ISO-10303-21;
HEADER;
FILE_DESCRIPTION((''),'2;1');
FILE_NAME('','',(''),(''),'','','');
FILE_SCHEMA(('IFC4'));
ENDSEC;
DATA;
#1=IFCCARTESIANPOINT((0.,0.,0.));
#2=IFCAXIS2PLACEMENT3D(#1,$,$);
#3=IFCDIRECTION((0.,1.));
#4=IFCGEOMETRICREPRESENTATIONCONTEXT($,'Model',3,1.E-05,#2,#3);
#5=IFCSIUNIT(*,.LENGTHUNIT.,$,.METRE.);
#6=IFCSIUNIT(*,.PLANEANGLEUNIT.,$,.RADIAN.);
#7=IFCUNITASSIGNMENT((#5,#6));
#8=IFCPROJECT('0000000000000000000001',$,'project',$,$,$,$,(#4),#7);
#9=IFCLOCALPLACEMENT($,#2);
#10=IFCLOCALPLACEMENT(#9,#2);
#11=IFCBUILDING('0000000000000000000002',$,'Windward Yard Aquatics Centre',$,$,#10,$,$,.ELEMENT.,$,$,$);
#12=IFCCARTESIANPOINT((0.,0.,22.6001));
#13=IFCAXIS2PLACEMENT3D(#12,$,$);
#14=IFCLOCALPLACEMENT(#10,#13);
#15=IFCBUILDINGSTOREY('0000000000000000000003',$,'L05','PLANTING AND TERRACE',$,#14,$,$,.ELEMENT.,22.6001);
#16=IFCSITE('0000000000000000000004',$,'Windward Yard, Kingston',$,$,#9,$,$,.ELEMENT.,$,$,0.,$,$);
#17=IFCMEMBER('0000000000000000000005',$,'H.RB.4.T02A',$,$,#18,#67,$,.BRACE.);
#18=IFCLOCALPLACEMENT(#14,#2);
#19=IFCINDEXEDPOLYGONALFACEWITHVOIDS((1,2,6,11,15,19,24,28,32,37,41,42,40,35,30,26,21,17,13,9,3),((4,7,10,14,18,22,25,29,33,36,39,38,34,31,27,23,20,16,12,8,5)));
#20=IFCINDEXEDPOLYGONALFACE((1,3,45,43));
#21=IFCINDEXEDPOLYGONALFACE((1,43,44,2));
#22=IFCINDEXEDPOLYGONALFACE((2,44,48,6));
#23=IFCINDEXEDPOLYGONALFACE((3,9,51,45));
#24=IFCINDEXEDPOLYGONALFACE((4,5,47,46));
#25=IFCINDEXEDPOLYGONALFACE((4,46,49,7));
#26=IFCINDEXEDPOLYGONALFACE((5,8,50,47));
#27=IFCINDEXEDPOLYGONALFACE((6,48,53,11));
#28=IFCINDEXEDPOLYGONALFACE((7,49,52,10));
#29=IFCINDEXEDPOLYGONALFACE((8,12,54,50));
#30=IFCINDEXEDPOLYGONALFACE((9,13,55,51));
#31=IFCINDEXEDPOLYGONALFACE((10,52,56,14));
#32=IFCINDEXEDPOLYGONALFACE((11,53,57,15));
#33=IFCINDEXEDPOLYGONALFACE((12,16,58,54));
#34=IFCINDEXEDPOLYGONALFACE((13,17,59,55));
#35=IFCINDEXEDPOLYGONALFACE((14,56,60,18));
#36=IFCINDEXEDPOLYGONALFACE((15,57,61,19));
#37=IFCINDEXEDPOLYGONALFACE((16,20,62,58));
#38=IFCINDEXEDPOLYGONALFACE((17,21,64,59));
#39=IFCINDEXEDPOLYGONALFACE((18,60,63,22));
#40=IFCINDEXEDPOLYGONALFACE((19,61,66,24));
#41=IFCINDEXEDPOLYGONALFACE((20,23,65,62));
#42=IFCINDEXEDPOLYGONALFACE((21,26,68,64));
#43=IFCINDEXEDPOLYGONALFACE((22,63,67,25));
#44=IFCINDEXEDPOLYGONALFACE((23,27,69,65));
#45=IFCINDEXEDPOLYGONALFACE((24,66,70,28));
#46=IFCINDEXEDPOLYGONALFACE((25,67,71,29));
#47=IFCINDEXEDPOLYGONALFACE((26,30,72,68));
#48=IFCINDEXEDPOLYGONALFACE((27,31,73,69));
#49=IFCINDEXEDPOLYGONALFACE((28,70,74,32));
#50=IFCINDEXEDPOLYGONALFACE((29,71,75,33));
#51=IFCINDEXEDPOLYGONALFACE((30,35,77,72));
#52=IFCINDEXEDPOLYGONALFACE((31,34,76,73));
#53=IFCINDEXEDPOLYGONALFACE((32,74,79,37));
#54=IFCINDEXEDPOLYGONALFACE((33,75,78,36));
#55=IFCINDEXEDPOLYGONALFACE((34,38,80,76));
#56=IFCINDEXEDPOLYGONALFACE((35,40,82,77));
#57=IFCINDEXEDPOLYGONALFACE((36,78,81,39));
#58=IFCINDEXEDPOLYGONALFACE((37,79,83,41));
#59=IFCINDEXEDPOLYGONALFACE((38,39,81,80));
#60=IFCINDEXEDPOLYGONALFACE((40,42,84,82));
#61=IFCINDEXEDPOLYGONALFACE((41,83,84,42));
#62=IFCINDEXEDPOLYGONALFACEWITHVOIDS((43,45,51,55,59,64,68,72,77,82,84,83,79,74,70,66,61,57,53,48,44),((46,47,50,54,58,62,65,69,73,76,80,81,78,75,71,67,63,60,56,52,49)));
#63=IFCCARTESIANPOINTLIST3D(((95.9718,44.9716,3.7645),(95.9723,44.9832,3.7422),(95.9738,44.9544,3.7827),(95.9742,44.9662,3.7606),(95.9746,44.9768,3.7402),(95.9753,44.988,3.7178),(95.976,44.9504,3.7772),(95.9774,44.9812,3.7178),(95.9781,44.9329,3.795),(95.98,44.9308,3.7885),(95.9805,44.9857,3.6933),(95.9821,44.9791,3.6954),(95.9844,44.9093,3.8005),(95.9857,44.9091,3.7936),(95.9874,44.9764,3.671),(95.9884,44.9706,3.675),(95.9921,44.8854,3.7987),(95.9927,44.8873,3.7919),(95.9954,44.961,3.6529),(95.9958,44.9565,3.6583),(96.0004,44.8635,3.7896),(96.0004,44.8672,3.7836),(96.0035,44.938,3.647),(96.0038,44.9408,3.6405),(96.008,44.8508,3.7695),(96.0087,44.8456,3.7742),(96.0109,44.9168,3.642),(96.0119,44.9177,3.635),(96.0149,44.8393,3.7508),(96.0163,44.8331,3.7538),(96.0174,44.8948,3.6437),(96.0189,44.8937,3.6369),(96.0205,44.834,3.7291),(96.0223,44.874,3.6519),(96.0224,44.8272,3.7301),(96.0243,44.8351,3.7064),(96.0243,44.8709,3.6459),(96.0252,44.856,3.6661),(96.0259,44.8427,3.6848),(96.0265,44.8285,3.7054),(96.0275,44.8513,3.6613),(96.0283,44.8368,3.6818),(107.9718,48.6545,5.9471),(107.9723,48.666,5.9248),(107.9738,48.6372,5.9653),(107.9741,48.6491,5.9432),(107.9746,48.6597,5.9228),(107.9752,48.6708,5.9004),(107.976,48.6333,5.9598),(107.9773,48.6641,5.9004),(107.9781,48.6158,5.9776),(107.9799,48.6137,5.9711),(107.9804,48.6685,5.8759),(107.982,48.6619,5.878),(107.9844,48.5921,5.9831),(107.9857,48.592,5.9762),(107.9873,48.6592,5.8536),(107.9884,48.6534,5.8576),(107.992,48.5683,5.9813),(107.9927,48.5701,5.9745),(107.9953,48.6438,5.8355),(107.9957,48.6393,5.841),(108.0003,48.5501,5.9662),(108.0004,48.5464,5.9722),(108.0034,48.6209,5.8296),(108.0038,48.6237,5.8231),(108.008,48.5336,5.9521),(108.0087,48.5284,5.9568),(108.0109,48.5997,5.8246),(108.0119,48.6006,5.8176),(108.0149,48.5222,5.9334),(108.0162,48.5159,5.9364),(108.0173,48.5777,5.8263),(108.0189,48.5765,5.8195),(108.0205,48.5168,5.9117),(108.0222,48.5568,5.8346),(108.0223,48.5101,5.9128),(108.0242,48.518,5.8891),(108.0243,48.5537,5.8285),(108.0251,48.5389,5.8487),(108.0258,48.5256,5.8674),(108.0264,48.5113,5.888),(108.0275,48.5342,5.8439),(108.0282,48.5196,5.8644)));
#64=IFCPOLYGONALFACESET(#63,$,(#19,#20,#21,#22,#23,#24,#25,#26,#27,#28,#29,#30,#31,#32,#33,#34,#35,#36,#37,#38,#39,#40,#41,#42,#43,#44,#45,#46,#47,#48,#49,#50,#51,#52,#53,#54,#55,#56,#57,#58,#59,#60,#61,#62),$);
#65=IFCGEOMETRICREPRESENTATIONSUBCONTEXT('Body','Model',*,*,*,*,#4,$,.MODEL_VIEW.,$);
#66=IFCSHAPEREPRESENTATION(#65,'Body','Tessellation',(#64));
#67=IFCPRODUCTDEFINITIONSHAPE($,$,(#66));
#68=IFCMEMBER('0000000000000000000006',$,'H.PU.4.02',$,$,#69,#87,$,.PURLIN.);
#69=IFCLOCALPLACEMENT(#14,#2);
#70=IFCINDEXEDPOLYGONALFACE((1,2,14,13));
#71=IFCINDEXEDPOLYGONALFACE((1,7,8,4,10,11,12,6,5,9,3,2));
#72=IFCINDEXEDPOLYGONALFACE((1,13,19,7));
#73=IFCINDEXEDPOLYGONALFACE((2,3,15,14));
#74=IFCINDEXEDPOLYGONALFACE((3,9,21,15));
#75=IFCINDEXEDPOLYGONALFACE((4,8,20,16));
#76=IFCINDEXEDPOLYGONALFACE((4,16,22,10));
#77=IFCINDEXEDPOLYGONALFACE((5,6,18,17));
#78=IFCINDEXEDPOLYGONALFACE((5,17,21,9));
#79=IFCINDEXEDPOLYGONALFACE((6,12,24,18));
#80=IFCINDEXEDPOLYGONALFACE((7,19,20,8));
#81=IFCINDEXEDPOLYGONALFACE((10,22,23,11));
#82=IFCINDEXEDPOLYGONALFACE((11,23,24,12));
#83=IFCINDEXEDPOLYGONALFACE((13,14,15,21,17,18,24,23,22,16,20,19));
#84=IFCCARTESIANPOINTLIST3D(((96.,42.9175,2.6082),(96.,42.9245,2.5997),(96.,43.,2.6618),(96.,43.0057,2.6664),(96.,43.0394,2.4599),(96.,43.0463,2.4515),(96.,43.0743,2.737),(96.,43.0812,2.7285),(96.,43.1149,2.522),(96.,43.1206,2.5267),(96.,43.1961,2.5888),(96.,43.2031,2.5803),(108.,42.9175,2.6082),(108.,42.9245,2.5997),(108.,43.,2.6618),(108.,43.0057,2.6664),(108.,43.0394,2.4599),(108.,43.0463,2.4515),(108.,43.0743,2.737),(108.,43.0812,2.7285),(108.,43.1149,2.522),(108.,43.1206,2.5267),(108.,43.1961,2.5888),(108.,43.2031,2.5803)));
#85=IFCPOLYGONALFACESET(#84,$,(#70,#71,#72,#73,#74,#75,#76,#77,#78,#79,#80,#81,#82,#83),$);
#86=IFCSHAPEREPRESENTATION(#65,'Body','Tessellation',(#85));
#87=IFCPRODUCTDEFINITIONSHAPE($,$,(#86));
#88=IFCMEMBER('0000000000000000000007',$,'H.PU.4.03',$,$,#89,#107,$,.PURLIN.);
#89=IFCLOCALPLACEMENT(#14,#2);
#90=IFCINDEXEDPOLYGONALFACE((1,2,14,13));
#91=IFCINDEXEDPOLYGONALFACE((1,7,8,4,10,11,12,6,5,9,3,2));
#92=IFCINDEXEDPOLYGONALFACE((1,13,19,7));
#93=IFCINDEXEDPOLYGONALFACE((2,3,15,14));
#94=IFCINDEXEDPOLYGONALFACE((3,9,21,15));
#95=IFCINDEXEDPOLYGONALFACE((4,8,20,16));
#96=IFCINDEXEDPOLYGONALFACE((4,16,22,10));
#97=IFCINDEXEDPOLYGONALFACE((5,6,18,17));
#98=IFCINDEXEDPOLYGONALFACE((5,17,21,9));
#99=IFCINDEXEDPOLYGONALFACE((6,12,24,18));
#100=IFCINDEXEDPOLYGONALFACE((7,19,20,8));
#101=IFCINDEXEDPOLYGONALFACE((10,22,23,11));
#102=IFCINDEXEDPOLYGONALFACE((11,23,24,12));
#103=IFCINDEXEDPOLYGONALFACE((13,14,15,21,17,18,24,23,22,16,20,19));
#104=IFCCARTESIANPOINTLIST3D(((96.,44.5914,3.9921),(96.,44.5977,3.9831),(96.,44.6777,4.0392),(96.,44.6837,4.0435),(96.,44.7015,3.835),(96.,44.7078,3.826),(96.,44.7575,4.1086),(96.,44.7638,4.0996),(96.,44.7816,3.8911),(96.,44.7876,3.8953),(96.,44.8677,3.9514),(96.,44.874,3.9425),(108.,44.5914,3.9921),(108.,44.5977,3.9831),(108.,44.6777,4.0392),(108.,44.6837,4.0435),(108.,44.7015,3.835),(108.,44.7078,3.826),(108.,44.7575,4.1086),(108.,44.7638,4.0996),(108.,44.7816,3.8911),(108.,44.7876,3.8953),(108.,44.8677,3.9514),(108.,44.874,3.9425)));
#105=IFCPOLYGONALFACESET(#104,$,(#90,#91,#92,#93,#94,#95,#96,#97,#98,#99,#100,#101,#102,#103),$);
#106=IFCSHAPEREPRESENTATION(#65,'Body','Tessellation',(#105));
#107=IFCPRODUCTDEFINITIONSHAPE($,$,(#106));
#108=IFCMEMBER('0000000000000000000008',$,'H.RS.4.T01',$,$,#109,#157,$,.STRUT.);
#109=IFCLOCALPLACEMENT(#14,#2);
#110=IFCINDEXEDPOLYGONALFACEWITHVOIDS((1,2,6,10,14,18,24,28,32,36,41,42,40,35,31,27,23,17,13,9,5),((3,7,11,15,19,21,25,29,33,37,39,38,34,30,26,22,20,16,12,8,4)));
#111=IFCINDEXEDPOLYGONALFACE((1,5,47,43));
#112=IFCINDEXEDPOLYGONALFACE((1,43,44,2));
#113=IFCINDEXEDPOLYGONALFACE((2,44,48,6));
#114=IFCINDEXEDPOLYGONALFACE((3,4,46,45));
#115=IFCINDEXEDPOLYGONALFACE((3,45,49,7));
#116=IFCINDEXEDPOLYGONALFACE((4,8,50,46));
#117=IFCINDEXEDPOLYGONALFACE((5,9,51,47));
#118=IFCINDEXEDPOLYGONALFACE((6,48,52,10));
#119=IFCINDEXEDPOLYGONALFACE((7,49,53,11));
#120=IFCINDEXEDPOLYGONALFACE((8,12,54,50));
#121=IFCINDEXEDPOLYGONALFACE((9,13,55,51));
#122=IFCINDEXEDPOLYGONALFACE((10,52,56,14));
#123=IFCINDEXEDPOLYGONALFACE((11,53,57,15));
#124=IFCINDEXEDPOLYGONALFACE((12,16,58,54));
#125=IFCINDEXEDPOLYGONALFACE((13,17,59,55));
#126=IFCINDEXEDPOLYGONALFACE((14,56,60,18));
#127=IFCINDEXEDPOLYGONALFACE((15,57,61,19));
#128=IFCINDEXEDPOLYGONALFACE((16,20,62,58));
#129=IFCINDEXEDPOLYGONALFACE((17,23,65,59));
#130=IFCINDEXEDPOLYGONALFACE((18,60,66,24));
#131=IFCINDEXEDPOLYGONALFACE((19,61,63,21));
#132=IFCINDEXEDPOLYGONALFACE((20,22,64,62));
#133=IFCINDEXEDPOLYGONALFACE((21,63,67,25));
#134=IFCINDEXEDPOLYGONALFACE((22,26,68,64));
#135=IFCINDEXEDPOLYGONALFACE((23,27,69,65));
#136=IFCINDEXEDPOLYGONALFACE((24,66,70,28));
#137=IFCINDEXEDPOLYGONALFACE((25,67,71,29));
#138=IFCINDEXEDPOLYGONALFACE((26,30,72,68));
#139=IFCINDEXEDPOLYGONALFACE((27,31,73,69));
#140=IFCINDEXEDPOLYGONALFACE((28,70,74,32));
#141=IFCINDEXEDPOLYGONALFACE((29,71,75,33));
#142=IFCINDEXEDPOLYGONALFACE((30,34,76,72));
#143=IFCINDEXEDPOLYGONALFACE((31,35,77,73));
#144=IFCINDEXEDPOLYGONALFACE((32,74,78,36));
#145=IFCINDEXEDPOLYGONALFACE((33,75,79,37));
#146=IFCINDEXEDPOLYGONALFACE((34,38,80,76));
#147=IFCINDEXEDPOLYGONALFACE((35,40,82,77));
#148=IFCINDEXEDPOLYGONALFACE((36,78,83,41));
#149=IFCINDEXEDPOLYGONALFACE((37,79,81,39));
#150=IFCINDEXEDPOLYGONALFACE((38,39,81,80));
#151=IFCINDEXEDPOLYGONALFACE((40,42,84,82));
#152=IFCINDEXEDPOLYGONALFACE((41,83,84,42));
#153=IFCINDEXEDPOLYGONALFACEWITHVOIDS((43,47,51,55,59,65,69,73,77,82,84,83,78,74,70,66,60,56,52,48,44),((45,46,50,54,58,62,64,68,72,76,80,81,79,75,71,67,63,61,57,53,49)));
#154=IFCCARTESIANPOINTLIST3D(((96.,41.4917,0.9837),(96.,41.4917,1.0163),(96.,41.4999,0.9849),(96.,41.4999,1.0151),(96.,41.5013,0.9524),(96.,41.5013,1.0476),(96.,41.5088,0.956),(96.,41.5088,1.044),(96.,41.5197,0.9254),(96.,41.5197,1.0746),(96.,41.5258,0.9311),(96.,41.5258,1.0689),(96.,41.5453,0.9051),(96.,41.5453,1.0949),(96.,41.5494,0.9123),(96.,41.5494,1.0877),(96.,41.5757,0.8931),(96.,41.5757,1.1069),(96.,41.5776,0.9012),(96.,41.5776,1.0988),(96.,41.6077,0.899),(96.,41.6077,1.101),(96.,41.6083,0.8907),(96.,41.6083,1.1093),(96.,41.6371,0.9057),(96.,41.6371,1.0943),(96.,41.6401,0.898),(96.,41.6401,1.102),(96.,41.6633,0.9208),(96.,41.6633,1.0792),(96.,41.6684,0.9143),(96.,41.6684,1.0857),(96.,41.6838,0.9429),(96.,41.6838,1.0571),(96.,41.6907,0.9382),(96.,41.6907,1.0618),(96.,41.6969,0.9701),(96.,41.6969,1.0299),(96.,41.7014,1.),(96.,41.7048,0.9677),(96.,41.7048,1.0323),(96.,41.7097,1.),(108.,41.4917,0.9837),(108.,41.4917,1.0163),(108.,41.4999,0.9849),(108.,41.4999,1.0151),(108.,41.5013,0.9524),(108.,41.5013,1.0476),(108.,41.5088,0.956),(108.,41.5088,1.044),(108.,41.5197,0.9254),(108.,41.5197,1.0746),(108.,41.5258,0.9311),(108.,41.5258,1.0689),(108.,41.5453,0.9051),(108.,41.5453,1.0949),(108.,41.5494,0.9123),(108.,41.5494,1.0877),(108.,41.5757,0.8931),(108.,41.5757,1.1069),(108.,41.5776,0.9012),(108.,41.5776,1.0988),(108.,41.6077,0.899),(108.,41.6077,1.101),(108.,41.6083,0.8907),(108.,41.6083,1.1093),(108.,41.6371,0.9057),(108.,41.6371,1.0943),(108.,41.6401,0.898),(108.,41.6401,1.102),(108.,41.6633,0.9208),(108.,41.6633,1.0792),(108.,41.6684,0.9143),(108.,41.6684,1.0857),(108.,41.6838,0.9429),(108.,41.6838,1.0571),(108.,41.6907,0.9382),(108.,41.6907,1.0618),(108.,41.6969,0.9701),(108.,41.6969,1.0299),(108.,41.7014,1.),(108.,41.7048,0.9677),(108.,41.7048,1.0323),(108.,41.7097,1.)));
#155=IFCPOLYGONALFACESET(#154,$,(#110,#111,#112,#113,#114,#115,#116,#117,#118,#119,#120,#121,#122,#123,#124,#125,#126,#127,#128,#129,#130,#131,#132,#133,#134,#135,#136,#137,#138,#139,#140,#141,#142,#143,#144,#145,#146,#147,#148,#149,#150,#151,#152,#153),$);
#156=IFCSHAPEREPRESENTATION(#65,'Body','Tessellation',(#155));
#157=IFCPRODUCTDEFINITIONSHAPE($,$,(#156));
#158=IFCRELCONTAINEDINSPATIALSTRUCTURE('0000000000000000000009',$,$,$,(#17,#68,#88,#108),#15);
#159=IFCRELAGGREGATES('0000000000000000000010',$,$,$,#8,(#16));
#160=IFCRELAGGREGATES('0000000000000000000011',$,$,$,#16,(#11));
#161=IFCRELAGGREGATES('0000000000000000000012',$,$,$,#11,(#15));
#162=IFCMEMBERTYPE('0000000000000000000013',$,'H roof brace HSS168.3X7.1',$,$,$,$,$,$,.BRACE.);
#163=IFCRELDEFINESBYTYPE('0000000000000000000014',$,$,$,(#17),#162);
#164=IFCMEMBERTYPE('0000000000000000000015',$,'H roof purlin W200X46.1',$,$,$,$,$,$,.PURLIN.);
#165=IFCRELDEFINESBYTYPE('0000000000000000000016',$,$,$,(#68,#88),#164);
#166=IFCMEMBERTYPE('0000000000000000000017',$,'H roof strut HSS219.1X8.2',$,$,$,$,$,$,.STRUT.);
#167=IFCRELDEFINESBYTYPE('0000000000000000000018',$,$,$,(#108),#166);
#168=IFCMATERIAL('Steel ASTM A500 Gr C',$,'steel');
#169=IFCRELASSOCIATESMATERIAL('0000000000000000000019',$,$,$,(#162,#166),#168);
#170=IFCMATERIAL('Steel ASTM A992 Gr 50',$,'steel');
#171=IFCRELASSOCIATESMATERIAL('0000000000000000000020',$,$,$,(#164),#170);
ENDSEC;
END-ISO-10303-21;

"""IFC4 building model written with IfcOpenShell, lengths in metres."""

from ifc_helpers import new_model, si_unit, direction, frame, origin, origin_2d, place, context, subcontext, project, spatial, hollow_circle, i_section, extrude, material, material_profile, profile_set, type_object, element, save


model = new_model("IFC4")

# Units and contexts
model_context = context("Model", 3, precision=1e-05, world=origin(), true_north=direction((0.0, 1.0)))
body_context = subcontext(model_context, "Body", "Model", "MODEL_VIEW")
ifc_project = project(units=[si_unit("LENGTHUNIT", "METRE"), si_unit("PLANEANGLEUNIT", "RADIAN")], contexts=[model_context])

# Site, building, storey
site_placement = place(None, origin())
site = spatial("IfcSite", under=ifc_project, at=site_placement, Name="Windward Yard, Kingston", CompositionType="ELEMENT", RefElevation=0.0)
building_placement = place(site_placement, origin())
building = spatial("IfcBuilding", under=site, at=building_placement, Name="Windward Yard Aquatics Centre", CompositionType="ELEMENT")
storey_placement = place(building_placement, frame((0.0, 0.0, 22.6001)))
storey = spatial("IfcBuildingStorey", under=building, at=storey_placement, Name="L05", Description="PLANTING AND TERRACE", CompositionType="ELEMENT", Elevation=22.6001)

# Shared definitions
ifc_material_1 = material(Name="Steel ASTM A500 Gr C", Category="steel")

# Shared definitions
ifc_material_2 = material(Name="Steel ASTM A992 Gr 50", Category="steel")

# Members
ifc_material_profile_1 = material_profile(ifc_material_1, hollow_circle(Radius=0.0842, WallThickness=0.0071, at=origin_2d()), Name="HSS168.3X7.1")
ifc_profile_set_1 = profile_set([ifc_material_profile_1], Name="Steel ASTM A500 Gr C")
member_type_1 = type_object("IfcMemberType", Name="H roof brace HSS168.3X7.1", PredefinedType="BRACE", material=ifc_profile_set_1)
member_1_placement = place(storey_placement, frame((96.0, 44.9075, 3.7178), z_axis=(0.941858, 0.289061, 0.17131), x_axis=(-0.293398, 0.95599, 0.0)))
element("IfcMember", 1, at=member_1_placement, inside=storey, type_object=member_type_1, Name="H.RB.4.T02A", PredefinedType="BRACE", context=body_context, shape_type="SweptSolid", body=[
    extrude(hollow_circle(Radius=0.0842, WallThickness=0.0071, at=origin_2d()), origin(), (0.0, 0.0, 1.0), 12.7407),
])
ifc_material_profile_2 = material_profile(ifc_material_2, i_section(OverallWidth=0.2029, OverallDepth=0.2029, WebThickness=0.0073, FlangeThickness=0.011, at=origin_2d()), Name="W200X46.1")
ifc_profile_set_2 = profile_set([ifc_material_profile_2], Name="Steel ASTM A992 Gr 50")
member_type_2 = type_object("IfcMemberType", Name="H roof purlin W200X46.1", PredefinedType="PURLIN", material=ifc_profile_set_2)
for number, where, z_axis, x_axis, name in (
    (2, (96.0, 43.0603, 2.5942), (1.0, 0.0, 0.0), (0.0, 0.772611, 0.63488), "H.PU.4.02"),
    (3, (96.0, 44.7327, 3.9673), (1.0, 0.0, 0.0), (0.0, 0.818831, 0.574035), "H.PU.4.03"),
):
    element("IfcMember", number, at=place(storey_placement, frame(where, z_axis=z_axis, x_axis=x_axis)), inside=storey, type_object=member_type_2, Name=name, PredefinedType="PURLIN", context=body_context, shape_type="SweptSolid", body=[
        extrude(i_section(OverallWidth=0.2029, OverallDepth=0.2029, WebThickness=0.0073, FlangeThickness=0.011, at=origin_2d()), origin(), (0.0, 0.0, 1.0), 12.0),
    ])
ifc_material_profile_3 = material_profile(ifc_material_1, hollow_circle(Radius=0.1096, WallThickness=0.0083, at=origin_2d()), Name="HSS219.1X8.2")
ifc_profile_set_3 = profile_set([ifc_material_profile_3], Name="Steel ASTM A500 Gr C")
member_type_3 = type_object("IfcMemberType", Name="H roof strut HSS219.1X8.2", PredefinedType="STRUT", material=ifc_profile_set_3)
for number, where, z_axis, x_axis, name in (
    (4, (96.0, 41.6001, 1.0), (1.0, 0.0, 0.0), (0.0, 1.0, 0.0), "H.RS.4.T01"),
):
    element("IfcMember", number, at=place(storey_placement, frame(where, z_axis=z_axis, x_axis=x_axis)), inside=storey, type_object=member_type_3, Name=name, PredefinedType="STRUT", context=body_context, shape_type="SweptSolid", body=[
        extrude(hollow_circle(Radius=0.1096, WallThickness=0.0083, at=origin_2d()), origin(), (0.0, 0.0, 1.0), 12.0),
    ])

save(model, "model.ifc")
